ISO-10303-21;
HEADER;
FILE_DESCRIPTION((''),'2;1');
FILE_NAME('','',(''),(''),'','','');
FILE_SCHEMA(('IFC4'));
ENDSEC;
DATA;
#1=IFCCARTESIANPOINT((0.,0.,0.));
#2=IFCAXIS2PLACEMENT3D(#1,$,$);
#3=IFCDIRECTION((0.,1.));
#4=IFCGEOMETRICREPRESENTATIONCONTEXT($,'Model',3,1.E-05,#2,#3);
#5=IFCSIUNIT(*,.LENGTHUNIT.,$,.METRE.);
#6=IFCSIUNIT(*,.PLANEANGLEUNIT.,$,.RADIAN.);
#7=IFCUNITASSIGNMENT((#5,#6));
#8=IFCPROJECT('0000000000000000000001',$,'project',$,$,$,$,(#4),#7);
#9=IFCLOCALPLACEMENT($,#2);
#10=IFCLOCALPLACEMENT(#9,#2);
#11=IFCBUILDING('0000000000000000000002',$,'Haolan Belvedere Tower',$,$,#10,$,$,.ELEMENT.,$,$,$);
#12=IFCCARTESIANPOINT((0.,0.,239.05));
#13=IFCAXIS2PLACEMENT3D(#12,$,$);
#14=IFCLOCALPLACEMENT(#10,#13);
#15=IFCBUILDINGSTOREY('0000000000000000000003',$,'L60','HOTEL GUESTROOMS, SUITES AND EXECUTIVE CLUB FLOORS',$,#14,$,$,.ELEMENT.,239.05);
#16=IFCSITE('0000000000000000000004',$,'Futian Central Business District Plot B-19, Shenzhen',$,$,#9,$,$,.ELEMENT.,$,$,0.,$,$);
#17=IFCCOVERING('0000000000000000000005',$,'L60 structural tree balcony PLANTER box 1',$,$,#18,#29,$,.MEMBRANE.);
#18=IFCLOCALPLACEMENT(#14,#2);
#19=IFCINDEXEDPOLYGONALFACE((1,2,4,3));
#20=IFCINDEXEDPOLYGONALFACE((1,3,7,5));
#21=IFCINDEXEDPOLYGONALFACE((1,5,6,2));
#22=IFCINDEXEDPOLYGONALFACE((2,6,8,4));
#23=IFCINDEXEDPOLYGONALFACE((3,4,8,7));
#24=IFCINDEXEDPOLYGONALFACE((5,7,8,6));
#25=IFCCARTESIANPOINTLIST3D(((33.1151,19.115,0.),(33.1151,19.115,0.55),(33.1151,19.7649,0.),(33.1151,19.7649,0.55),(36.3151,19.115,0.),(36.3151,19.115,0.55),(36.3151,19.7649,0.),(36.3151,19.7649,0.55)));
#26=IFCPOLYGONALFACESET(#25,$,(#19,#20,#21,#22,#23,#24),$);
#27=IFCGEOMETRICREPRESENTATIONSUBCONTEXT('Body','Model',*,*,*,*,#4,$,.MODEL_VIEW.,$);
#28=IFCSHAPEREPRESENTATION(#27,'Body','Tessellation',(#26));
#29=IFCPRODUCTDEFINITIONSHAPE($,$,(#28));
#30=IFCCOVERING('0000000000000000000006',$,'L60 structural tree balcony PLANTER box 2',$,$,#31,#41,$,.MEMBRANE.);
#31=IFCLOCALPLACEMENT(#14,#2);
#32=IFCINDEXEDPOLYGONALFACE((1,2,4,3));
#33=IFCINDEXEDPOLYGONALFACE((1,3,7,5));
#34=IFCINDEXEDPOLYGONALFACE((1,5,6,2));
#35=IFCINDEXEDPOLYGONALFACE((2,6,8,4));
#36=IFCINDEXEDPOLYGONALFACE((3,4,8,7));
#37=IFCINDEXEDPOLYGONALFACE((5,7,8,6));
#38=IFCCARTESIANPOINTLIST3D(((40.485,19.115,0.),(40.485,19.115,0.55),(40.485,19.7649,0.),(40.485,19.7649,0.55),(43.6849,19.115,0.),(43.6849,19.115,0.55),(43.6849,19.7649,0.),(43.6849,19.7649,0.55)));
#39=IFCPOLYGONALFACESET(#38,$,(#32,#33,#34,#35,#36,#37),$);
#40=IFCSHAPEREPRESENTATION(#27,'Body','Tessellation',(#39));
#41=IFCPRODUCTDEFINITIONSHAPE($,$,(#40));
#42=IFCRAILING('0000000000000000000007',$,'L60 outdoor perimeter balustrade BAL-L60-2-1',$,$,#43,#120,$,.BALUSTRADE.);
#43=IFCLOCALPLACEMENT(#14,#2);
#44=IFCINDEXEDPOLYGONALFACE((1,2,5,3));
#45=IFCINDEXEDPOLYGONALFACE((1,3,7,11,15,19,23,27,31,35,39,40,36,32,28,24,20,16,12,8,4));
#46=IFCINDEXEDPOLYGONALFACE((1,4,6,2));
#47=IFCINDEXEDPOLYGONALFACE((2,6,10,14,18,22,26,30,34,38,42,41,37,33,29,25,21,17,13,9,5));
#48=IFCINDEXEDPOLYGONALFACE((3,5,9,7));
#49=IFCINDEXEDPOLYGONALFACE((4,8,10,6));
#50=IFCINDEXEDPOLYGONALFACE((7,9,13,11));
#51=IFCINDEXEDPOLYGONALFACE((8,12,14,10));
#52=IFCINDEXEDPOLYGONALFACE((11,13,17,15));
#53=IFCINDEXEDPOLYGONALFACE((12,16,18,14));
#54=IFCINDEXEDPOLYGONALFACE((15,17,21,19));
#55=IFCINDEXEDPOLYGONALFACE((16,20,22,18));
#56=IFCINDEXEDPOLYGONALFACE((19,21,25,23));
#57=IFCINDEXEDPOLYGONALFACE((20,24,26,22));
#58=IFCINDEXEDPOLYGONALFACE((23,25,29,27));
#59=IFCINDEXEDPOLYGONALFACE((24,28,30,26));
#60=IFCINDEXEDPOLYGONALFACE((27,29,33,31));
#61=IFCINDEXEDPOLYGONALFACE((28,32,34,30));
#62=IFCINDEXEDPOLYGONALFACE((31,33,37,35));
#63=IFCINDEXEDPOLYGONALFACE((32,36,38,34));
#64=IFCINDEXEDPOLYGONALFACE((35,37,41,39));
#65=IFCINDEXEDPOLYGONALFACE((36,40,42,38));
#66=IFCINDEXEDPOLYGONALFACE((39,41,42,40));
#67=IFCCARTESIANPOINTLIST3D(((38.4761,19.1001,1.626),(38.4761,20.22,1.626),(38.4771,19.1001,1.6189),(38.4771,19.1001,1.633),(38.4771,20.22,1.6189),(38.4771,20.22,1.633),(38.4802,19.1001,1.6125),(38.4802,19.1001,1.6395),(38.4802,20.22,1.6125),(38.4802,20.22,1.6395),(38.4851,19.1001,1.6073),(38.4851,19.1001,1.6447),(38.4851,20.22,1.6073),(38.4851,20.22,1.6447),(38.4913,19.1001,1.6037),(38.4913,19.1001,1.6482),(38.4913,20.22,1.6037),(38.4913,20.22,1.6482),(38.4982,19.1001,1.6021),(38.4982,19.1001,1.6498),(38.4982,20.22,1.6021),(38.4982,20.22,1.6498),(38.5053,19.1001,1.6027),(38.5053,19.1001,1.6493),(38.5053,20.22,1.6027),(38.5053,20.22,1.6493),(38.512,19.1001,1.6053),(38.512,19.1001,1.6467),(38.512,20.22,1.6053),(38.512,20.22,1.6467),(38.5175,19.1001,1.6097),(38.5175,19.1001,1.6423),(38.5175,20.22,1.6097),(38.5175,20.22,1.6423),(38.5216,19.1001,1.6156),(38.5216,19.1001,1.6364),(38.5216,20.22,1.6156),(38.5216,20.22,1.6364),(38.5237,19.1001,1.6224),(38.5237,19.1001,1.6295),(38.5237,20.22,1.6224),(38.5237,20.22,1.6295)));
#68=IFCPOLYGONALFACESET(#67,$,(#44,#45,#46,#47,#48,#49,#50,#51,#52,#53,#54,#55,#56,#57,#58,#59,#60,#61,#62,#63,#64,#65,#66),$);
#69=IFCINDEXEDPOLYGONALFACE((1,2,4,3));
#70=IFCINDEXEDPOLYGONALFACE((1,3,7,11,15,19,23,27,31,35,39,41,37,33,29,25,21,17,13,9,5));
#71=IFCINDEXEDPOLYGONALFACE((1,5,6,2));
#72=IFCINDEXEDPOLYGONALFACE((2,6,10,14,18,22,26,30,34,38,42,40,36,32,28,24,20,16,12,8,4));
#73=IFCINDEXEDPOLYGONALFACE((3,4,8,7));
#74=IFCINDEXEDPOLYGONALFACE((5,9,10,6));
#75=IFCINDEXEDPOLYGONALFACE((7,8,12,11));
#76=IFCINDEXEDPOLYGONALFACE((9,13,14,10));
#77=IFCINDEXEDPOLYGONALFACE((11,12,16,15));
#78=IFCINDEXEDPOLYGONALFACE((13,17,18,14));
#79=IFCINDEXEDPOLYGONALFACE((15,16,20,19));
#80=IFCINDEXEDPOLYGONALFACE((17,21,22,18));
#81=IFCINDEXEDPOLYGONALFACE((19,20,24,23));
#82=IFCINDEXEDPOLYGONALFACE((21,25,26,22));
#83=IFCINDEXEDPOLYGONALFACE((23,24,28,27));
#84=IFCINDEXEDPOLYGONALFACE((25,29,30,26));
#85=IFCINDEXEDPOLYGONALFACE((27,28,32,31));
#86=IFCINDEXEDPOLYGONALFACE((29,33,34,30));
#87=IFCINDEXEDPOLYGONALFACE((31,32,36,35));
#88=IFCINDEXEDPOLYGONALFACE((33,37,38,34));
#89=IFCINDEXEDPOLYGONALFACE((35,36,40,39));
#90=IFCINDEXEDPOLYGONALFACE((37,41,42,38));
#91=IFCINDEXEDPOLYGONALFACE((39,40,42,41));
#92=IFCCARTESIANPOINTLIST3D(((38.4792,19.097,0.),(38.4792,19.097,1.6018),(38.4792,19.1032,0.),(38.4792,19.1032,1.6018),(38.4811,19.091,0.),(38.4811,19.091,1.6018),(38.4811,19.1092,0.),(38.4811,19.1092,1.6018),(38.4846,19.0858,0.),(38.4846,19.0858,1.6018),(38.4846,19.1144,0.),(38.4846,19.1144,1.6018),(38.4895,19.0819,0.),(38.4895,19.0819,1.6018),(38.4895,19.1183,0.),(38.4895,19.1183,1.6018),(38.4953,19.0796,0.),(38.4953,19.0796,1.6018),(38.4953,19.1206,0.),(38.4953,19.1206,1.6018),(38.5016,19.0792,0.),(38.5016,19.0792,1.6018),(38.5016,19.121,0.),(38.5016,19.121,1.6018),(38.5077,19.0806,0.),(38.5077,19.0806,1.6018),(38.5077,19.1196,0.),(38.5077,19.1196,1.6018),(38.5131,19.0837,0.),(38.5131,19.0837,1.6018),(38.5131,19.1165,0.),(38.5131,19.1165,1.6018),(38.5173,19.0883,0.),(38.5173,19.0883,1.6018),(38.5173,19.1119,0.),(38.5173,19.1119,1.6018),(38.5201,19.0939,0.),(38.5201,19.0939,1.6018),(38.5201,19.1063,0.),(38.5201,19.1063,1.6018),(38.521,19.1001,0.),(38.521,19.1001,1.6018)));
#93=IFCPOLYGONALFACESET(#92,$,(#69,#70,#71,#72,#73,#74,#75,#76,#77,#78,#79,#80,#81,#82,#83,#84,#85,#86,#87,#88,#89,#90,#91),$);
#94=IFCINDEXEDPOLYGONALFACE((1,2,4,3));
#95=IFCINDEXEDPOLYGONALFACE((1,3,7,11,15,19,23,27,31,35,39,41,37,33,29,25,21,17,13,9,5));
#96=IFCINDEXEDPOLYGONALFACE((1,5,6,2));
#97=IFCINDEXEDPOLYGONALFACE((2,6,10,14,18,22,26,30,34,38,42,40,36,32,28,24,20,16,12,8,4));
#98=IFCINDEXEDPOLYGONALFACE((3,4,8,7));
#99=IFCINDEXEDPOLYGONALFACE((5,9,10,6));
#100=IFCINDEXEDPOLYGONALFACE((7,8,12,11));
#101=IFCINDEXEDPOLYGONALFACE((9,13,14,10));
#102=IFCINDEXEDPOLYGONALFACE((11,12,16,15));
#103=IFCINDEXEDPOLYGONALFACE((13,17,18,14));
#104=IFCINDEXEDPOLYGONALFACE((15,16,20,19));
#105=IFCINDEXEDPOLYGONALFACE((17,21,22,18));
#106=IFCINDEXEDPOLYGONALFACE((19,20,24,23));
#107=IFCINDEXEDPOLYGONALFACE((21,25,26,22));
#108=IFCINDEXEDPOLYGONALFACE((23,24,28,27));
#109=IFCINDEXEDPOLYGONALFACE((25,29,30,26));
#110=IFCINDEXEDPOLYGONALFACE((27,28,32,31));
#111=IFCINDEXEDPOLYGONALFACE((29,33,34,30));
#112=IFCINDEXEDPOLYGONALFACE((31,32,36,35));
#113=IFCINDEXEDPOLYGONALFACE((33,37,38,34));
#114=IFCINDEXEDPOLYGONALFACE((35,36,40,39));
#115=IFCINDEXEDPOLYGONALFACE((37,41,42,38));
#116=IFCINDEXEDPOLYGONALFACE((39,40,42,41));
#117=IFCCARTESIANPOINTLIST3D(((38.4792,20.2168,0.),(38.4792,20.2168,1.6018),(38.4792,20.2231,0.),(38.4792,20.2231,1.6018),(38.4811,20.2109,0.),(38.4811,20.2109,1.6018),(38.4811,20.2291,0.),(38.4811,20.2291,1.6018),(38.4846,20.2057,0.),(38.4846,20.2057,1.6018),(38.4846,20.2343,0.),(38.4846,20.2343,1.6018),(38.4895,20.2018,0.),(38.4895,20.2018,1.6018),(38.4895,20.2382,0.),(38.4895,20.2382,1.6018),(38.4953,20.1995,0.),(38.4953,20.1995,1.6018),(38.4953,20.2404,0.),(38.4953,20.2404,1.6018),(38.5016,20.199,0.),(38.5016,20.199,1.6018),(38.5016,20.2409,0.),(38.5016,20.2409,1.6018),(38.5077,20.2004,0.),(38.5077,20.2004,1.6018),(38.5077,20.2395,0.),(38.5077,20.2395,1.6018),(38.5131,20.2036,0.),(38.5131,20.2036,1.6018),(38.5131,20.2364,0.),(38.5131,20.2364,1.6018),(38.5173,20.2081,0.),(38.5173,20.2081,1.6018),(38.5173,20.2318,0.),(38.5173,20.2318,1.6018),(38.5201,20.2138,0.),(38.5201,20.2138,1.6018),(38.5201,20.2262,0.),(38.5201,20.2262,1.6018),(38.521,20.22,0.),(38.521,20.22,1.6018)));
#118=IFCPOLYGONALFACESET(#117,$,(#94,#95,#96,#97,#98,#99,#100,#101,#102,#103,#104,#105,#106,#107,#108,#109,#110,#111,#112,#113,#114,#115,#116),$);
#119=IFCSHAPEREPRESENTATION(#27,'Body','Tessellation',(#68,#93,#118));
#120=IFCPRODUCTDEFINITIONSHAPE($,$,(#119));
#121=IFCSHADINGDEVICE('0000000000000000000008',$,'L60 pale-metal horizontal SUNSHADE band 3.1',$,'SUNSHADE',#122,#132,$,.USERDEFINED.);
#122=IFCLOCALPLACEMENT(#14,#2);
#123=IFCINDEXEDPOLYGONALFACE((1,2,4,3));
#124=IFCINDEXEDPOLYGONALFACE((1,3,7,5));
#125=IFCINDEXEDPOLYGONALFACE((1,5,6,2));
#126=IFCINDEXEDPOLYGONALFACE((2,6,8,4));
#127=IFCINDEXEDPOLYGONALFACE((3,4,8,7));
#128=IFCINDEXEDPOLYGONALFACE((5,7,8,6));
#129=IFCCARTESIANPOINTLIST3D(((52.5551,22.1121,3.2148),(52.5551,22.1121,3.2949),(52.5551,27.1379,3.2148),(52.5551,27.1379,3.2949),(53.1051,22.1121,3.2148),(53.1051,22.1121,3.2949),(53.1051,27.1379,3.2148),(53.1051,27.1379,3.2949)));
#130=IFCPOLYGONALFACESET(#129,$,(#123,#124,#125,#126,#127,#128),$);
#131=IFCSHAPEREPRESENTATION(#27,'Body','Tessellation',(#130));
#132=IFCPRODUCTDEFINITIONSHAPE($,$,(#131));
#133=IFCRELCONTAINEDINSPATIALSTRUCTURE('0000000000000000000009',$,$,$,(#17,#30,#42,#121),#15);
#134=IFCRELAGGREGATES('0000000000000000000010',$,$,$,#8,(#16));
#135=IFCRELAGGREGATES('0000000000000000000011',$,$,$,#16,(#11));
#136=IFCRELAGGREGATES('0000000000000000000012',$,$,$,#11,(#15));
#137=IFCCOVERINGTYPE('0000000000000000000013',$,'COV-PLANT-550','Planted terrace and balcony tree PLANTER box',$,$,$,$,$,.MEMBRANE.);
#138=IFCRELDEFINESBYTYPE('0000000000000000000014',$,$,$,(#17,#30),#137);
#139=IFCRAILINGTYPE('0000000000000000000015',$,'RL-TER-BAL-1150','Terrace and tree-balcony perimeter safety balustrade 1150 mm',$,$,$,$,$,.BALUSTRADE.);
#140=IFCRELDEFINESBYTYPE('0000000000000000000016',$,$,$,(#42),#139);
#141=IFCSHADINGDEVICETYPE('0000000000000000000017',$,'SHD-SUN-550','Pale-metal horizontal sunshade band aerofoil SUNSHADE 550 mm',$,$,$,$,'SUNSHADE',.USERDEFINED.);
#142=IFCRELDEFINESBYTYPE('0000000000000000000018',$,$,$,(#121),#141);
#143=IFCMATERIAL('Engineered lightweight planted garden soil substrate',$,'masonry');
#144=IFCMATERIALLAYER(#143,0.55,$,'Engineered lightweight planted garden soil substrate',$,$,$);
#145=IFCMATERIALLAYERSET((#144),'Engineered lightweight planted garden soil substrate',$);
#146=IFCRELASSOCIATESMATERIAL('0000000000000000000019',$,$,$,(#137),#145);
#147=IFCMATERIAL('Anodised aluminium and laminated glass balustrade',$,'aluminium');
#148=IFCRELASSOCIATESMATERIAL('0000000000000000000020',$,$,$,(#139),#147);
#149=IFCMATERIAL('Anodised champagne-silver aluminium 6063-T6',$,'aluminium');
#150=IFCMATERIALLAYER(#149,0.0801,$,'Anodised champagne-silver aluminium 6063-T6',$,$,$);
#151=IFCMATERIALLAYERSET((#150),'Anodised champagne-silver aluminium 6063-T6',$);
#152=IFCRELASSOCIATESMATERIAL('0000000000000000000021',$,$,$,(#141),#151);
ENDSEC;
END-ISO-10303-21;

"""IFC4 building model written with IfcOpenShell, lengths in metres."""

from ifc_helpers import new_model, si_unit, direction, frame, origin, origin_2d, place, context, subcontext, project, spatial, rectangle, circle, extrude, material, layer, layer_set, type_object, element, save


model = new_model("IFC4")

# Units and contexts
model_context = context("Model", 3, precision=1e-05, world=origin(), true_north=direction((0.0, 1.0)))
body_context = subcontext(model_context, "Body", "Model", "MODEL_VIEW")
ifc_project = project(units=[si_unit("LENGTHUNIT", "METRE"), si_unit("PLANEANGLEUNIT", "RADIAN")], contexts=[model_context])

# Site, building, storey
site_placement = place(None, origin())
site = spatial("IfcSite", under=ifc_project, at=site_placement, Name="Futian Central Business District Plot B-19, Shenzhen", CompositionType="ELEMENT", RefElevation=0.0)
building_placement = place(site_placement, origin())
building = spatial("IfcBuilding", under=site, at=building_placement, Name="Haolan Belvedere Tower", CompositionType="ELEMENT")
storey_placement = place(building_placement, frame((0.0, 0.0, 239.05)))
storey = spatial("IfcBuildingStorey", under=building, at=storey_placement, Name="L60", Description="HOTEL GUESTROOMS, SUITES AND EXECUTIVE CLUB FLOORS", CompositionType="ELEMENT", Elevation=239.05)

# Coverings
ifc_material_1 = material(Name="Engineered lightweight planted garden soil substrate", Category="masonry")
ifc_layer_1 = layer(ifc_material_1, 0.55, Name="Engineered lightweight planted garden soil substrate")
ifc_layer_set_1 = layer_set([ifc_layer_1], Name="Engineered lightweight planted garden soil substrate")
covering_type = type_object("IfcCoveringType", Name="COV-PLANT-550", Description="Planted terrace and balcony tree PLANTER box", PredefinedType="MEMBRANE", material=ifc_layer_set_1)
for number, where, z_axis, x_axis, name in (
    (1, (34.7151, 19.4399, 0.0), (0.0, 0.0, 1.0), (1.0, 0.0, 0.0), "L60 structural tree balcony PLANTER box 1"),
    (2, (42.085, 19.4399, 0.0), (0.0, 0.0, 1.0), (1.0, 0.0, 0.0), "L60 structural tree balcony PLANTER box 2"),
):
    element("IfcCovering", number, at=place(storey_placement, frame(where, z_axis=z_axis, x_axis=x_axis)), inside=storey, type_object=covering_type, Name=name, PredefinedType="MEMBRANE", context=body_context, shape_type="SweptSolid", body=[
        extrude(rectangle(XDim=3.2, YDim=0.6499, at=origin_2d()), origin(), (0.0, 0.0, 1.0), 0.55),
    ])

# Railing
ifc_material_2 = material(Name="Anodised aluminium and laminated glass balustrade", Category="aluminium")
railing_type = type_object("IfcRailingType", Name="RL-TER-BAL-1150", Description="Terrace and tree-balcony perimeter safety balustrade 1150 mm", PredefinedType="BALUSTRADE", material=ifc_material_2)
railing_1_placement = place(storey_placement, frame((38.5, 19.1001, 0.0)))
element("IfcRailing", 3, at=railing_1_placement, inside=storey, type_object=railing_type, Name="L60 outdoor perimeter balustrade BAL-L60-2-1", PredefinedType="BALUSTRADE", context=body_context, shape_type="SweptSolid", body=[
    extrude(circle(Radius=0.0239, at=origin_2d()), frame((0.0, 0.0, 1.626), z_axis=(0.0, 1.0, 0.0), x_axis=(-1.0, 0.0, 0.0)), (0.0, 0.0, 1.0), 1.1199),
    extrude(circle(Radius=0.021, at=origin_2d()), origin(), (0.0, 0.0, 1.0), 1.6018),
    extrude(circle(Radius=0.021, at=origin_2d()), frame((0.0, 1.1199, 0.0)), (0.0, 0.0, 1.0), 1.6018),
])

# Shading device
ifc_material_3 = material(Name="Anodised champagne-silver aluminium 6063-T6", Category="aluminium")
ifc_layer_2 = layer(ifc_material_3, 0.0801, Name="Anodised champagne-silver aluminium 6063-T6")
ifc_layer_set_2 = layer_set([ifc_layer_2], Name="Anodised champagne-silver aluminium 6063-T6")
shading_device_type = type_object("IfcShadingDeviceType", Name="SHD-SUN-550", Description="Pale-metal horizontal sunshade band aerofoil SUNSHADE 550 mm", ElementType="SUNSHADE", PredefinedType="USERDEFINED", material=ifc_layer_set_2)
shading_device_placement = place(storey_placement, frame((52.8301, 24.625, 3.2148), z_axis=(0.0, 0.0, 1.0), x_axis=(0.0, 1.0, 0.0)))
element("IfcShadingDevice", 4, at=shading_device_placement, inside=storey, type_object=shading_device_type, Name="L60 pale-metal horizontal SUNSHADE band 3.1", ObjectType="SUNSHADE", PredefinedType="USERDEFINED", context=body_context, shape_type="SweptSolid", body=[
    extrude(rectangle(XDim=5.0259, YDim=0.55, at=origin_2d()), origin(), (0.0, 0.0, 1.0), 0.0801),
])

save(model, "model.ifc")
